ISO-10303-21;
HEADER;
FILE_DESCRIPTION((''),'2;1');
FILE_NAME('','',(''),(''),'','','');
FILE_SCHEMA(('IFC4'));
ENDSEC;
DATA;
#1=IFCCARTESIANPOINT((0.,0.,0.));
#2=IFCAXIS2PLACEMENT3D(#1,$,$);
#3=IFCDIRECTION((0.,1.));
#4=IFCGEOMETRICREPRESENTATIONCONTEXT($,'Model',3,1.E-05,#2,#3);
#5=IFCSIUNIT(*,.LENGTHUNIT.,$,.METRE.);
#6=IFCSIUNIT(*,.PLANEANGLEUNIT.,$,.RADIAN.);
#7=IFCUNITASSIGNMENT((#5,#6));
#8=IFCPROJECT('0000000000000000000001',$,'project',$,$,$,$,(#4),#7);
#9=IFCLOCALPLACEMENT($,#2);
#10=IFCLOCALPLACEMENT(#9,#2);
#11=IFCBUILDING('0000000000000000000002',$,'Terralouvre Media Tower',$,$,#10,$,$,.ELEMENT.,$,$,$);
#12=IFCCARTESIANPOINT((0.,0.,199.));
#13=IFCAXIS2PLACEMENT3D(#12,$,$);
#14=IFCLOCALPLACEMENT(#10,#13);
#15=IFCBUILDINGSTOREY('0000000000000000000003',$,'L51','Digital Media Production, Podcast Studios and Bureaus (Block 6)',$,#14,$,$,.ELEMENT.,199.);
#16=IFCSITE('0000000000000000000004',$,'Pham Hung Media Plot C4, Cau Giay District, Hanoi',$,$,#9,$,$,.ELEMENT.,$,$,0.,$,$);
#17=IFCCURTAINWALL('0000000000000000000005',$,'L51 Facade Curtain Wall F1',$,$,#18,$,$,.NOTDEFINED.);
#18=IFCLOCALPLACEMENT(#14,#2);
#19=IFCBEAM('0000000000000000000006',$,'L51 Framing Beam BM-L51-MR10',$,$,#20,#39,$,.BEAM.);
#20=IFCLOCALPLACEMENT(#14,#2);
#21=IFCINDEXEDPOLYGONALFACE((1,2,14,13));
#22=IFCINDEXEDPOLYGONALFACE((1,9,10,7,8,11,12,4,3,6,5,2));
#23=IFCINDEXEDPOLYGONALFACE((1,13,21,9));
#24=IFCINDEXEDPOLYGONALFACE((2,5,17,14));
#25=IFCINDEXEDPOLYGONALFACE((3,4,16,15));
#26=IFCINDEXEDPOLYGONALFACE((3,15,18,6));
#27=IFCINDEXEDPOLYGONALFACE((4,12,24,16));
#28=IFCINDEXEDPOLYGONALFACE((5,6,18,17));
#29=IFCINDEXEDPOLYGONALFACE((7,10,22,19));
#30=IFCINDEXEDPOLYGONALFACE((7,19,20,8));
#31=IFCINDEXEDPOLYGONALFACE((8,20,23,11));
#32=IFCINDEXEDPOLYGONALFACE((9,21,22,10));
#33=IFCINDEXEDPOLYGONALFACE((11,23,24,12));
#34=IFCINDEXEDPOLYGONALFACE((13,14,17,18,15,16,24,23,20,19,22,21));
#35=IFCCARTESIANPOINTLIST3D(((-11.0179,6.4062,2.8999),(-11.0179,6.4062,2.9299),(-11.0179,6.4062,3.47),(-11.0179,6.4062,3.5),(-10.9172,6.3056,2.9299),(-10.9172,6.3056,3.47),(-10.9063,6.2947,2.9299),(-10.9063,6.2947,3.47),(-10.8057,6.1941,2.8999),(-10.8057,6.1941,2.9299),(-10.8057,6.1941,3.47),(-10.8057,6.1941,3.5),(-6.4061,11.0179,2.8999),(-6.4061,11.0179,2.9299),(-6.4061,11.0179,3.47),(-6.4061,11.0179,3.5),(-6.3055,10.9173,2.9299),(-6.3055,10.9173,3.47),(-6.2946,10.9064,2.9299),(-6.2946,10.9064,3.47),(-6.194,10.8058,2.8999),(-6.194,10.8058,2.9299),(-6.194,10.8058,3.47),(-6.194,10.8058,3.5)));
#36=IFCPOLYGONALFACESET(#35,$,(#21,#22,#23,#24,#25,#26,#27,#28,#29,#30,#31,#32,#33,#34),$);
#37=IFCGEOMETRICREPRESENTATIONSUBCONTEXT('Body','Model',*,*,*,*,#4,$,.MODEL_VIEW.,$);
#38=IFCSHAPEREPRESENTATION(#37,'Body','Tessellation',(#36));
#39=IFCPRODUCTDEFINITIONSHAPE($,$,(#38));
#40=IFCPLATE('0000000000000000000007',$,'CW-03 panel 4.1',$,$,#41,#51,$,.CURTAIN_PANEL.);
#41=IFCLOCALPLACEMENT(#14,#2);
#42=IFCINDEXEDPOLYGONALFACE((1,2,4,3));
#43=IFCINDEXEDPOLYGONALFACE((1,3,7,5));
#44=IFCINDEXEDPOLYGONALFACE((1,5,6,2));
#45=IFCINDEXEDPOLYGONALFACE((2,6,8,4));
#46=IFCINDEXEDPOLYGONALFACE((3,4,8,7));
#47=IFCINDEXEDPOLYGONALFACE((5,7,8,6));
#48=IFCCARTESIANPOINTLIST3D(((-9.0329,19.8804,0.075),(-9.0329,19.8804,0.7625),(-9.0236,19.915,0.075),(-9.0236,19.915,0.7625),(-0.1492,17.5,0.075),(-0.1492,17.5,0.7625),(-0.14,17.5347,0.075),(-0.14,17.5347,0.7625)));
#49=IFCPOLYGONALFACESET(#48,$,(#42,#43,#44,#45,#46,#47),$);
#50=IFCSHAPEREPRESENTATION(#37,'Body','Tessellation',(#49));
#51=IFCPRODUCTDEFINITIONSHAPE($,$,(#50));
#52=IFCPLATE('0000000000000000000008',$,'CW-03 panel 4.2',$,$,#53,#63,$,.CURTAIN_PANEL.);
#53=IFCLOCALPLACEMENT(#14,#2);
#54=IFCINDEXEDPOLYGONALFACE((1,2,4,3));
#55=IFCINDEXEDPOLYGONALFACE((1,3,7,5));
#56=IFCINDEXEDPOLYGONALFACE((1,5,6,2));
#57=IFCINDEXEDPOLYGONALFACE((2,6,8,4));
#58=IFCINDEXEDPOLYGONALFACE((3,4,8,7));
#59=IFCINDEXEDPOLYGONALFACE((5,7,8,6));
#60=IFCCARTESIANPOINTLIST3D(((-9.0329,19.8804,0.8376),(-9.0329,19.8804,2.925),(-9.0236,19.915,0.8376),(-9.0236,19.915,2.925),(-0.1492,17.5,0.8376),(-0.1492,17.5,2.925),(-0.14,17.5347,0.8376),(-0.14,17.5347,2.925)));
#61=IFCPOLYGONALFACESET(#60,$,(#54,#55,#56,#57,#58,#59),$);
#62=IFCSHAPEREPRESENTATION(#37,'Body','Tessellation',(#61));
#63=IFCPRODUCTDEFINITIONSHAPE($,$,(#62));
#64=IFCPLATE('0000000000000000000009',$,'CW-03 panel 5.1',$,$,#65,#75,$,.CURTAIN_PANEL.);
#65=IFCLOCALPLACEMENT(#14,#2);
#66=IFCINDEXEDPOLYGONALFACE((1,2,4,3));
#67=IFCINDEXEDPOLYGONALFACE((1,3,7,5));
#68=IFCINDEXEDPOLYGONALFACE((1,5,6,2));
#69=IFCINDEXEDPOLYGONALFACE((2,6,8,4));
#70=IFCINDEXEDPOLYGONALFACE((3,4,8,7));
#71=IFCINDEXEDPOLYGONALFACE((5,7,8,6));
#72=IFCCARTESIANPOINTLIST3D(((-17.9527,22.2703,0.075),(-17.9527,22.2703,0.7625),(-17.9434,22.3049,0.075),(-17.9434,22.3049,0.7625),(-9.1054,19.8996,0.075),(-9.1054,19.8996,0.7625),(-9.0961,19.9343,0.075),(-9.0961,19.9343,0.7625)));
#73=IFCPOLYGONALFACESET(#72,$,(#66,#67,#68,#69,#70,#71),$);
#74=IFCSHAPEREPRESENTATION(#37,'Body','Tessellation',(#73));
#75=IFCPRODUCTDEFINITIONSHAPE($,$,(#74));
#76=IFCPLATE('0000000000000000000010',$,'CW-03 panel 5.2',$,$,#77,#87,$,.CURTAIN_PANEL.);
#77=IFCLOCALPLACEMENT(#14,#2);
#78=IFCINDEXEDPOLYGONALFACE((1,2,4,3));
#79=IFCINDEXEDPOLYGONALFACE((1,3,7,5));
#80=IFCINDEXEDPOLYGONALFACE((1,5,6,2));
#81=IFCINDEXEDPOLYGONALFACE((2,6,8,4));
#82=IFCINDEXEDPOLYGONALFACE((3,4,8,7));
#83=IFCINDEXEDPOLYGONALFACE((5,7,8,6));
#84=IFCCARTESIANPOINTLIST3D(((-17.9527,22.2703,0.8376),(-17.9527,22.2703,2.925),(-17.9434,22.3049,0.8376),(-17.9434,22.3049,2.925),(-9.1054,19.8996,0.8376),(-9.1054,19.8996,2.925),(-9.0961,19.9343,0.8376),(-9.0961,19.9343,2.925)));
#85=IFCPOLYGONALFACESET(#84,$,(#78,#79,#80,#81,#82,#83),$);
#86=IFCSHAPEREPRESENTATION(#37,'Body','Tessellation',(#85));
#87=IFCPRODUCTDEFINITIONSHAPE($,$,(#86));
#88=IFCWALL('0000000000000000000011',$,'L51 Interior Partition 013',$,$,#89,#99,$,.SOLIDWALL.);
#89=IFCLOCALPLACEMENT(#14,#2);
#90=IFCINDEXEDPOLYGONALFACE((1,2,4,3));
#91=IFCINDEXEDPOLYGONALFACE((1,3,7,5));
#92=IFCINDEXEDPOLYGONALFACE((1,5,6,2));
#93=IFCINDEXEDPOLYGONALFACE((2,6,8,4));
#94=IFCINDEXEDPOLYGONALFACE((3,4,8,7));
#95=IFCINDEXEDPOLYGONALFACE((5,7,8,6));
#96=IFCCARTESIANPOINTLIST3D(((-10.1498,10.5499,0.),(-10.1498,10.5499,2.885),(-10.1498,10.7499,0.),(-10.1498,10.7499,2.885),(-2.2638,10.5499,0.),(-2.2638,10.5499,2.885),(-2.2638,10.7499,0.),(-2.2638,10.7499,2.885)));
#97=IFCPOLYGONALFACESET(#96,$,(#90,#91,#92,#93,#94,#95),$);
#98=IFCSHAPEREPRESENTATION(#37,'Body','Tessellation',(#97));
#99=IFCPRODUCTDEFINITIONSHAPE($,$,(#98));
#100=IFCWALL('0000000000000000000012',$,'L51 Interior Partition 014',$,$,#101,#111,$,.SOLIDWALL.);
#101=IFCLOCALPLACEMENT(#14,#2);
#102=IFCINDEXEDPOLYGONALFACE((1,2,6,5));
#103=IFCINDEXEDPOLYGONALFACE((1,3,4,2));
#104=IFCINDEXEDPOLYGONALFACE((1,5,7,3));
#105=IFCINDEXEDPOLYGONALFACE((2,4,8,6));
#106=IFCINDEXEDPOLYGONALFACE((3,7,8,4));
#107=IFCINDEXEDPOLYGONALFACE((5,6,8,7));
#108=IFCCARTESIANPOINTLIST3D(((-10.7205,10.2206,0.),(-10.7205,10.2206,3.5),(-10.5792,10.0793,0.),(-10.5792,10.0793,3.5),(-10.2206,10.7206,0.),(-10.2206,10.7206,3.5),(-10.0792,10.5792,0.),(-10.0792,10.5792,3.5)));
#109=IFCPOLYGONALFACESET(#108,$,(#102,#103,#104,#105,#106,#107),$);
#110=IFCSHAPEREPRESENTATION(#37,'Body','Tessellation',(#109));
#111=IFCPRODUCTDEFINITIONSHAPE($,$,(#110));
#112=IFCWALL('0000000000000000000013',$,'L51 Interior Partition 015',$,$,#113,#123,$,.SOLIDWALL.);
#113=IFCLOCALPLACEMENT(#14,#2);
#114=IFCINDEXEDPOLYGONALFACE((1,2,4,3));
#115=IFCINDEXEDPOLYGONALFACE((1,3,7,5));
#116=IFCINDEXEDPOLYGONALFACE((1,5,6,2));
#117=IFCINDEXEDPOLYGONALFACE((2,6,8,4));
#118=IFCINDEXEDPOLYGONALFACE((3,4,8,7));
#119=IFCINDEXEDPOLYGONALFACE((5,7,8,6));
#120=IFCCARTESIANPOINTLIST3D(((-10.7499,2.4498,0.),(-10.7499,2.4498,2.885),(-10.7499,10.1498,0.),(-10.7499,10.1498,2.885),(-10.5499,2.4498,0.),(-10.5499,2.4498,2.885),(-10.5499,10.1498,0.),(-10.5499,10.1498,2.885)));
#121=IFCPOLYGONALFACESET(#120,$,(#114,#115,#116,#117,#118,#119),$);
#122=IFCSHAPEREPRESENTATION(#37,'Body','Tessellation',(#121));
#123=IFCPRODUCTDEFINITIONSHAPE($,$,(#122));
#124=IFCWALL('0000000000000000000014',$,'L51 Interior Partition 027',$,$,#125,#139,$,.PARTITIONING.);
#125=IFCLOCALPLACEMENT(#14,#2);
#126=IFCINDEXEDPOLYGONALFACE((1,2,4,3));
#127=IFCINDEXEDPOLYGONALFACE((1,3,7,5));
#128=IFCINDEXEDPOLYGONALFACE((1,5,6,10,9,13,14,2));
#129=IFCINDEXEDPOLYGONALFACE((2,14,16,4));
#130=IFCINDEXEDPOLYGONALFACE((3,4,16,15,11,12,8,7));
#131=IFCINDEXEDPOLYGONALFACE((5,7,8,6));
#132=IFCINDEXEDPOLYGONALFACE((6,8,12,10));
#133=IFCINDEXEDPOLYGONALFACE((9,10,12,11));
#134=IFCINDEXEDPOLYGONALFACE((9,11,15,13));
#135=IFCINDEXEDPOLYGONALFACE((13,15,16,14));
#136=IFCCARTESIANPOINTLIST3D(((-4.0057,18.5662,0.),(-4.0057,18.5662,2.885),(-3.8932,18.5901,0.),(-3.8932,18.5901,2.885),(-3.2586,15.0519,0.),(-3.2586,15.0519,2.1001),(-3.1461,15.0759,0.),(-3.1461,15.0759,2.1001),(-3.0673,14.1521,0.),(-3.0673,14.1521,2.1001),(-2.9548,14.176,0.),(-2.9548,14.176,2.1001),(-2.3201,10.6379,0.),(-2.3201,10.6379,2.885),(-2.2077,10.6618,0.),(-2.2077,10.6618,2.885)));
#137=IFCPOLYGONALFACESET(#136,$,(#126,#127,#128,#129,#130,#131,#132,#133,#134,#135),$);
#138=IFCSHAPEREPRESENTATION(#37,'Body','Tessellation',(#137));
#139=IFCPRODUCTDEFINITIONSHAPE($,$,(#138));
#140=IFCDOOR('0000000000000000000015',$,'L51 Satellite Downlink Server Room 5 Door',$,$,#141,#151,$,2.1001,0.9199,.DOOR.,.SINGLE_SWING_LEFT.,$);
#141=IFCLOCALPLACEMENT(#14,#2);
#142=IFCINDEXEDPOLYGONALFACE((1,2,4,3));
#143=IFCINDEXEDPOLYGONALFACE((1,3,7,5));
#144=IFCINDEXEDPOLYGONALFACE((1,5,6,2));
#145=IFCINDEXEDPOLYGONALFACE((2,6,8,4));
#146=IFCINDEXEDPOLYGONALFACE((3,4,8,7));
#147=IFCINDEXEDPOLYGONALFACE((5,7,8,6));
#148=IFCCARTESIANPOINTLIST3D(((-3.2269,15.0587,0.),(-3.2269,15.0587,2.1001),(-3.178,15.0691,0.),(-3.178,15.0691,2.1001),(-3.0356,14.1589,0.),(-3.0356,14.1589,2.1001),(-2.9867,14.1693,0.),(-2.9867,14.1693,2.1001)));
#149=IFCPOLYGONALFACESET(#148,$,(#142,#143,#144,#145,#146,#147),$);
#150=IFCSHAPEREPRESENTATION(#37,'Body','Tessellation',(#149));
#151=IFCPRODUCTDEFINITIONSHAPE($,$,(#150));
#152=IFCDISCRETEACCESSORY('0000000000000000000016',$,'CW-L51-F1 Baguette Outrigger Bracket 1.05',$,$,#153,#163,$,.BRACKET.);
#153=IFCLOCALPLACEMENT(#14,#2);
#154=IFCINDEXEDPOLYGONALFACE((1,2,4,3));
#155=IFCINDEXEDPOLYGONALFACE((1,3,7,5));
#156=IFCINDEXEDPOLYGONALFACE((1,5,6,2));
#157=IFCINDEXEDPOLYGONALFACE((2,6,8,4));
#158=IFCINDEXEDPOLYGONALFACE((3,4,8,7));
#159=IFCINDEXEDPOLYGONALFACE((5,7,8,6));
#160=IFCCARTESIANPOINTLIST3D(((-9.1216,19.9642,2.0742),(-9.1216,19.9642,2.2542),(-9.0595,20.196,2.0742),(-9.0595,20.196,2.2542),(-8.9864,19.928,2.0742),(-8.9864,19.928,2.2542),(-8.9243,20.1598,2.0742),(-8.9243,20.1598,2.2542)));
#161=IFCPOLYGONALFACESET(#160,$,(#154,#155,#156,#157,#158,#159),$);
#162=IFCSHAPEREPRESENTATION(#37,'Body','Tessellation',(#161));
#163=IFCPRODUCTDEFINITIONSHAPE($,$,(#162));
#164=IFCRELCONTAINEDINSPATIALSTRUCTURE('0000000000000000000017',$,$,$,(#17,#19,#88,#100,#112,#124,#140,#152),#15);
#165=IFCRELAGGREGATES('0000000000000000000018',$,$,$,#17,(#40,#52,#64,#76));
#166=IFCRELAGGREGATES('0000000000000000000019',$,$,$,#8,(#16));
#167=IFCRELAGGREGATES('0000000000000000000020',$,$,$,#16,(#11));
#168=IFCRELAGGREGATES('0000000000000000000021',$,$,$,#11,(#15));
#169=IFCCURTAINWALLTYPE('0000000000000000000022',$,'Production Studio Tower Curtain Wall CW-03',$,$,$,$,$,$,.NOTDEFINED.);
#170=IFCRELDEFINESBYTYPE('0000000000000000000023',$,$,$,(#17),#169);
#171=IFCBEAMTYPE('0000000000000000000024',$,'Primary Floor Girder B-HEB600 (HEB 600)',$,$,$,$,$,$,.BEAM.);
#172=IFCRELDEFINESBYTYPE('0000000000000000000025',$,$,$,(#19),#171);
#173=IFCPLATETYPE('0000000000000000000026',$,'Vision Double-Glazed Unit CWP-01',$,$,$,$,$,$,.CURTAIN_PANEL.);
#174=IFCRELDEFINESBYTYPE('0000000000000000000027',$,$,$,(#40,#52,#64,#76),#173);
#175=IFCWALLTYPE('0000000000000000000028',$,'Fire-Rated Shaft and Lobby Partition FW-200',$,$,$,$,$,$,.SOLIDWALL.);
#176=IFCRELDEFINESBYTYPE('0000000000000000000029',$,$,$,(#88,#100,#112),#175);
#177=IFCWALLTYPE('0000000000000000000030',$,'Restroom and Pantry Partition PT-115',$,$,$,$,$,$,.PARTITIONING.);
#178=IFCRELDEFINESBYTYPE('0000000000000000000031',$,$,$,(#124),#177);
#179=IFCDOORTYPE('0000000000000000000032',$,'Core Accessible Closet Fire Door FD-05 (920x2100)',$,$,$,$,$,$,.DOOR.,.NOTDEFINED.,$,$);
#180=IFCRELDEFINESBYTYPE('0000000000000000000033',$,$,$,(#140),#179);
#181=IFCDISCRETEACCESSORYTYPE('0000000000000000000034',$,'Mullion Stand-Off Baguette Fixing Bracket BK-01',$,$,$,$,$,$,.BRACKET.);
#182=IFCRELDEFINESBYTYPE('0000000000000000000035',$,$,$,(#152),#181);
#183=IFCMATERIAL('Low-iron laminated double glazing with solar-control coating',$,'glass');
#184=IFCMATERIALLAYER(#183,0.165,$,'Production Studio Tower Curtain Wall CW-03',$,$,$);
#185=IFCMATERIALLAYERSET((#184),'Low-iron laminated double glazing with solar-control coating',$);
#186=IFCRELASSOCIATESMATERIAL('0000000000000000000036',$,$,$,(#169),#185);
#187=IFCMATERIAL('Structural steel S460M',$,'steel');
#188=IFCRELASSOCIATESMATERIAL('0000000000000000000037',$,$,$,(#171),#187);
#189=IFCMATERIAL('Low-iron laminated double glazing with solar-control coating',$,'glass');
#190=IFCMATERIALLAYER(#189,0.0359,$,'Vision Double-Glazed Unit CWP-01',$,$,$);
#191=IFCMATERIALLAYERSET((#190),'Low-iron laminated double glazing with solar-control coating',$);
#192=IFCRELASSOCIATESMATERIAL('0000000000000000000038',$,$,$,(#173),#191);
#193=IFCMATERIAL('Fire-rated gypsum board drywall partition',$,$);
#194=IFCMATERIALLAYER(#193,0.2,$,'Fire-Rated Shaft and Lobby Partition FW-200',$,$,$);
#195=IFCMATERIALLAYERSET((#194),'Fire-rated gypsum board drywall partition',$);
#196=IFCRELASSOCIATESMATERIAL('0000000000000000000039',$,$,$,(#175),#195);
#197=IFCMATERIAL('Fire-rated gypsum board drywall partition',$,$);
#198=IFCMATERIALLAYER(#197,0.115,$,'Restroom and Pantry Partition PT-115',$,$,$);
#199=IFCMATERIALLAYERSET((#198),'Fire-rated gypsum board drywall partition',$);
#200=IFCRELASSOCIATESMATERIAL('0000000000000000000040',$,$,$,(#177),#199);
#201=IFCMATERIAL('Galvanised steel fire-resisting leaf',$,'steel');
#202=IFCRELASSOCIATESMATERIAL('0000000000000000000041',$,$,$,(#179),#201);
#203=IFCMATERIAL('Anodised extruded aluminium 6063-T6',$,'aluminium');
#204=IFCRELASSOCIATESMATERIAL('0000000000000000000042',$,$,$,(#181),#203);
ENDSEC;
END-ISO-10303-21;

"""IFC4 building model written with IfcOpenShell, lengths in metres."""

from ifc_helpers import new_model, si_unit, direction, frame, frame_2d, origin, origin_2d, place, context, subcontext, project, spatial, rectangle, i_section, extrude, material, layer, layer_set, material_profile, profile_set, type_object, element, fill, aggregate, save


model = new_model("IFC4")

# Units and contexts
model_context = context("Model", 3, precision=1e-05, world=origin(), true_north=direction((0.0, 1.0)))
body_context = subcontext(model_context, "Body", "Model", "MODEL_VIEW")
ifc_project = project(units=[si_unit("LENGTHUNIT", "METRE"), si_unit("PLANEANGLEUNIT", "RADIAN")], contexts=[model_context])

# Site, building, storey
site_placement = place(None, origin())
site = spatial("IfcSite", under=ifc_project, at=site_placement, Name="Pham Hung Media Plot C4, Cau Giay District, Hanoi", CompositionType="ELEMENT", RefElevation=0.0)
building_placement = place(site_placement, origin())
building = spatial("IfcBuilding", under=site, at=building_placement, Name="Terralouvre Media Tower", CompositionType="ELEMENT")
storey_placement = place(building_placement, frame((0.0, 0.0, 199.0)))
storey = spatial("IfcBuildingStorey", under=building, at=storey_placement, Name="L51", Description="Digital Media Production, Podcast Studios and Bureaus (Block 6)", CompositionType="ELEMENT", Elevation=199.0)

# Curtain wall
ifc_material_1 = material(Name="Low-iron laminated double glazing with solar-control coating", Category="glass")
ifc_layer_1 = layer(ifc_material_1, 0.165, Name="Production Studio Tower Curtain Wall CW-03")
ifc_layer_set_1 = layer_set([ifc_layer_1], Name="Low-iron laminated double glazing with solar-control coating")
curtain_wall_type_1 = type_object("IfcCurtainWallType", Name="Production Studio Tower Curtain Wall CW-03", PredefinedType="NOTDEFINED", material=ifc_layer_set_1)
curtain_wall_1_placement = place(storey_placement, origin())
curtain_wall_1 = element("IfcCurtainWall", 1, at=curtain_wall_1_placement, inside=storey, type_object=curtain_wall_type_1, Name="L51 Facade Curtain Wall F1", PredefinedType="NOTDEFINED")

# Beam
ifc_material_2 = material(Name="Structural steel S460M", Category="steel")
ifc_material_profile_1 = material_profile(ifc_material_2, i_section(OverallWidth=0.3, OverallDepth=0.6001, WebThickness=0.0154, FlangeThickness=0.03, at=origin_2d()), Name="HEB 600")
ifc_profile_set_1 = profile_set([ifc_material_profile_1], Name="Structural steel S460M")
beam_type_1 = type_object("IfcBeamType", Name="Primary Floor Girder B-HEB600 (HEB 600)", PredefinedType="BEAM", material=ifc_profile_set_1)
beam_1_placement = place(storey_placement, frame((-6.3, 10.9119, 3.2), z_axis=(-0.707107, -0.707107, 0.0), x_axis=(0.707107, -0.707107, 0.0)))
element("IfcBeam", 2, at=beam_1_placement, inside=storey, type_object=beam_type_1, Name="L51 Framing Beam BM-L51-MR10", PredefinedType="BEAM", context=body_context, shape_type="SweptSolid", body=[
    extrude(i_section(OverallWidth=0.3, OverallDepth=0.6001, WebThickness=0.0154, FlangeThickness=0.03, at=origin_2d()), origin(), (0.0, 0.0, 1.0), 6.522),
])

# Plates
ifc_material_3 = material(Name="Low-iron laminated double glazing with solar-control coating", Category="glass")
ifc_layer_2 = layer(ifc_material_3, 0.0359, Name="Vision Double-Glazed Unit CWP-01")
ifc_layer_set_2 = layer_set([ifc_layer_2], Name="Low-iron laminated double glazing with solar-control coating")
plate_type = type_object("IfcPlateType", Name="Vision Double-Glazed Unit CWP-01", PredefinedType="CURTAIN_PANEL", material=ifc_layer_set_2)
plate_1_placement = place(storey_placement, frame((-4.5864, 18.7075, 0.075), z_axis=(0.0, 0.0, 1.0), x_axis=(-0.965926, 0.258819, 0.0)))
plate_1 = element("IfcPlate", 3, at=plate_1_placement, type_object=plate_type, Name="CW-03 panel 4.1", PredefinedType="CURTAIN_PANEL", context=body_context, shape_type="SweptSolid", body=[
    extrude(rectangle(XDim=9.197, YDim=0.0359, at=origin_2d()), origin(), (0.0, 0.0, 1.0), 0.6875),
])
plate_2_placement = place(storey_placement, frame((-4.5864, 18.7075, 0.8376), z_axis=(0.0, 0.0, 1.0), x_axis=(-0.965926, 0.258819, 0.0)))
plate_2 = element("IfcPlate", 4, at=plate_2_placement, type_object=plate_type, Name="CW-03 panel 4.2", PredefinedType="CURTAIN_PANEL", context=body_context, shape_type="SweptSolid", body=[
    extrude(rectangle(XDim=9.197, YDim=0.0359, at=origin_2d()), origin(), (0.0, 0.0, 1.0), 2.0874),
])
plate_3_placement = place(storey_placement, frame((-13.5244, 21.1023, 0.075), z_axis=(0.0, 0.0, 1.0), x_axis=(-0.965926, 0.258819, 0.0)))
plate_3 = element("IfcPlate", 5, at=plate_3_placement, type_object=plate_type, Name="CW-03 panel 5.1", PredefinedType="CURTAIN_PANEL", context=body_context, shape_type="SweptSolid", body=[
    extrude(rectangle(XDim=9.1594, YDim=0.0359, at=origin_2d()), origin(), (0.0, 0.0, 1.0), 0.6875),
])
plate_4_placement = place(storey_placement, frame((-13.5244, 21.1023, 0.8376), z_axis=(0.0, 0.0, 1.0), x_axis=(-0.965926, 0.258819, 0.0)))
plate_4 = element("IfcPlate", 6, at=plate_4_placement, type_object=plate_type, Name="CW-03 panel 5.2", PredefinedType="CURTAIN_PANEL", context=body_context, shape_type="SweptSolid", body=[
    extrude(rectangle(XDim=9.1594, YDim=0.0359, at=origin_2d()), origin(), (0.0, 0.0, 1.0), 2.0874),
])
aggregate(curtain_wall_1, [plate_1, plate_2, plate_3, plate_4])

# Walls
ifc_material_4 = material(Name="Fire-rated gypsum board drywall partition")
ifc_layer_3 = layer(ifc_material_4, 0.2, Name="Fire-Rated Shaft and Lobby Partition FW-200")
ifc_layer_set_3 = layer_set([ifc_layer_3], Name="Fire-rated gypsum board drywall partition")
wall_type_1 = type_object("IfcWallType", Name="Fire-Rated Shaft and Lobby Partition FW-200", PredefinedType="SOLIDWALL", material=ifc_layer_set_3)
wall_1_placement = place(storey_placement, frame((-2.2639, 10.6499, 0.0), z_axis=(0.0, 0.0, 1.0), x_axis=(-1.0, 0.0, 0.0)))
element("IfcWall", 7, at=wall_1_placement, inside=storey, type_object=wall_type_1, Name="L51 Interior Partition 013", PredefinedType="SOLIDWALL", context=body_context, shape_type="SweptSolid", body=[
    extrude(rectangle(XDim=7.886, YDim=0.2, at=frame_2d((3.9429, 0.0))), origin(), (0.0, 0.0, 1.0), 2.885),
])
wall_2_placement = place(storey_placement, frame((-10.1499, 10.6499, 0.0), z_axis=(0.0, 0.0, 1.0), x_axis=(-0.707107, -0.707107, 0.0)))
element("IfcWall", 8, at=wall_2_placement, inside=storey, type_object=wall_type_1, Name="L51 Interior Partition 014", PredefinedType="SOLIDWALL", context=body_context, shape_type="SweptSolid", body=[
    extrude(rectangle(XDim=0.707, YDim=0.2, at=frame_2d((0.3535, 0.0))), origin(), (0.0, 0.0, 1.0), 3.5),
])
wall_3_placement = place(storey_placement, frame((-10.6499, 10.1499, 0.0), z_axis=(0.0, 0.0, 1.0), x_axis=(0.0, -1.0, 0.0)))
element("IfcWall", 9, at=wall_3_placement, inside=storey, type_object=wall_type_1, Name="L51 Interior Partition 015", PredefinedType="SOLIDWALL", context=body_context, shape_type="SweptSolid", body=[
    extrude(rectangle(XDim=7.7, YDim=0.2, at=frame_2d((3.8501, 0.0))), origin(), (0.0, 0.0, 1.0), 2.885),
])

# Wall, opening, door
ifc_material_5 = material(Name="Fire-rated gypsum board drywall partition")
ifc_layer_4 = layer(ifc_material_5, 0.115, Name="Restroom and Pantry Partition PT-115")
ifc_layer_set_4 = layer_set([ifc_layer_4], Name="Fire-rated gypsum board drywall partition")
wall_type_2 = type_object("IfcWallType", Name="Restroom and Pantry Partition PT-115", PredefinedType="PARTITIONING", material=ifc_layer_set_4)
wall_4_placement = place(storey_placement, frame((-3.9495, 18.5781, 0.0), z_axis=(0.0, 0.0, 1.0), x_axis=(0.207953, -0.978139, 0.0)))
wall_4 = element("IfcWall", 10, at=wall_4_placement, inside=storey, type_object=wall_type_2, Name="L51 Interior Partition 027", PredefinedType="PARTITIONING", context=body_context, shape_type="SweptSolid", body=[
    extrude(rectangle(XDim=8.1055, YDim=0.115, at=frame_2d((4.0527, 0.0))), origin(), (0.0, 0.0, 1.0), 2.885),
])
opening_placement = place(wall_4_placement, frame((3.5928, 0.0, 0.0)))
opening = element("IfcOpeningElement", 11, at=opening_placement, cuts=wall_4, PredefinedType="OPENING", context=body_context, shape_type="SweptSolid", body=[
    extrude(rectangle(XDim=0.9199, YDim=2.1001, at=frame_2d((0.46, 1.05))), frame((0.0, 0.0674, 0.0), z_axis=(0.0, -1.0, 0.0), x_axis=(1.0, 0.0, 0.0)), (0.0, 0.0, 1.0), 0.135),
])
ifc_material_6 = material(Name="Galvanised steel fire-resisting leaf", Category="steel")
door_type = type_object("IfcDoorType", Name="Core Accessible Closet Fire Door FD-05 (920x2100)", OperationType="NOTDEFINED", PredefinedType="DOOR", material=ifc_material_6)
door_placement = place(opening_placement, origin())
door = element("IfcDoor", 12, at=door_placement, inside=storey, type_object=door_type, Name="L51 Satellite Downlink Server Room 5 Door", OperationType="SINGLE_SWING_LEFT", OverallHeight=2.1001, OverallWidth=0.9199, PredefinedType="DOOR", context=body_context, shape_type="SweptSolid", body=[
    extrude(rectangle(XDim=0.9199, YDim=2.1001, at=frame_2d((0.46, 1.05))), frame((0.0, 0.0249, 0.0), z_axis=(0.0, -1.0, 0.0), x_axis=(1.0, 0.0, 0.0)), (0.0, 0.0, 1.0), 0.05),
])
fill(opening, door)

# Discrete accessory
ifc_material_7 = material(Name="Anodised extruded aluminium 6063-T6", Category="aluminium")
discrete_accessory_type = type_object("IfcDiscreteAccessoryType", Name="Mullion Stand-Off Baguette Fixing Bracket BK-01", PredefinedType="BRACKET", material=ifc_material_7)
discrete_accessory_placement = place(storey_placement, frame((-9.0229, 20.062, 2.0742), z_axis=(0.0, 0.0, 1.0), x_axis=(-0.965926, 0.258819, 0.0)))
element("IfcDiscreteAccessory", 13, at=discrete_accessory_placement, inside=storey, type_object=discrete_accessory_type, Name="CW-L51-F1 Baguette Outrigger Bracket 1.05", PredefinedType="BRACKET", context=body_context, shape_type="SweptSolid", body=[
    extrude(rectangle(XDim=0.1399, YDim=0.24, at=origin_2d()), origin(), (0.0, 0.0, 1.0), 0.1799),
])

save(model, "model.ifc")
